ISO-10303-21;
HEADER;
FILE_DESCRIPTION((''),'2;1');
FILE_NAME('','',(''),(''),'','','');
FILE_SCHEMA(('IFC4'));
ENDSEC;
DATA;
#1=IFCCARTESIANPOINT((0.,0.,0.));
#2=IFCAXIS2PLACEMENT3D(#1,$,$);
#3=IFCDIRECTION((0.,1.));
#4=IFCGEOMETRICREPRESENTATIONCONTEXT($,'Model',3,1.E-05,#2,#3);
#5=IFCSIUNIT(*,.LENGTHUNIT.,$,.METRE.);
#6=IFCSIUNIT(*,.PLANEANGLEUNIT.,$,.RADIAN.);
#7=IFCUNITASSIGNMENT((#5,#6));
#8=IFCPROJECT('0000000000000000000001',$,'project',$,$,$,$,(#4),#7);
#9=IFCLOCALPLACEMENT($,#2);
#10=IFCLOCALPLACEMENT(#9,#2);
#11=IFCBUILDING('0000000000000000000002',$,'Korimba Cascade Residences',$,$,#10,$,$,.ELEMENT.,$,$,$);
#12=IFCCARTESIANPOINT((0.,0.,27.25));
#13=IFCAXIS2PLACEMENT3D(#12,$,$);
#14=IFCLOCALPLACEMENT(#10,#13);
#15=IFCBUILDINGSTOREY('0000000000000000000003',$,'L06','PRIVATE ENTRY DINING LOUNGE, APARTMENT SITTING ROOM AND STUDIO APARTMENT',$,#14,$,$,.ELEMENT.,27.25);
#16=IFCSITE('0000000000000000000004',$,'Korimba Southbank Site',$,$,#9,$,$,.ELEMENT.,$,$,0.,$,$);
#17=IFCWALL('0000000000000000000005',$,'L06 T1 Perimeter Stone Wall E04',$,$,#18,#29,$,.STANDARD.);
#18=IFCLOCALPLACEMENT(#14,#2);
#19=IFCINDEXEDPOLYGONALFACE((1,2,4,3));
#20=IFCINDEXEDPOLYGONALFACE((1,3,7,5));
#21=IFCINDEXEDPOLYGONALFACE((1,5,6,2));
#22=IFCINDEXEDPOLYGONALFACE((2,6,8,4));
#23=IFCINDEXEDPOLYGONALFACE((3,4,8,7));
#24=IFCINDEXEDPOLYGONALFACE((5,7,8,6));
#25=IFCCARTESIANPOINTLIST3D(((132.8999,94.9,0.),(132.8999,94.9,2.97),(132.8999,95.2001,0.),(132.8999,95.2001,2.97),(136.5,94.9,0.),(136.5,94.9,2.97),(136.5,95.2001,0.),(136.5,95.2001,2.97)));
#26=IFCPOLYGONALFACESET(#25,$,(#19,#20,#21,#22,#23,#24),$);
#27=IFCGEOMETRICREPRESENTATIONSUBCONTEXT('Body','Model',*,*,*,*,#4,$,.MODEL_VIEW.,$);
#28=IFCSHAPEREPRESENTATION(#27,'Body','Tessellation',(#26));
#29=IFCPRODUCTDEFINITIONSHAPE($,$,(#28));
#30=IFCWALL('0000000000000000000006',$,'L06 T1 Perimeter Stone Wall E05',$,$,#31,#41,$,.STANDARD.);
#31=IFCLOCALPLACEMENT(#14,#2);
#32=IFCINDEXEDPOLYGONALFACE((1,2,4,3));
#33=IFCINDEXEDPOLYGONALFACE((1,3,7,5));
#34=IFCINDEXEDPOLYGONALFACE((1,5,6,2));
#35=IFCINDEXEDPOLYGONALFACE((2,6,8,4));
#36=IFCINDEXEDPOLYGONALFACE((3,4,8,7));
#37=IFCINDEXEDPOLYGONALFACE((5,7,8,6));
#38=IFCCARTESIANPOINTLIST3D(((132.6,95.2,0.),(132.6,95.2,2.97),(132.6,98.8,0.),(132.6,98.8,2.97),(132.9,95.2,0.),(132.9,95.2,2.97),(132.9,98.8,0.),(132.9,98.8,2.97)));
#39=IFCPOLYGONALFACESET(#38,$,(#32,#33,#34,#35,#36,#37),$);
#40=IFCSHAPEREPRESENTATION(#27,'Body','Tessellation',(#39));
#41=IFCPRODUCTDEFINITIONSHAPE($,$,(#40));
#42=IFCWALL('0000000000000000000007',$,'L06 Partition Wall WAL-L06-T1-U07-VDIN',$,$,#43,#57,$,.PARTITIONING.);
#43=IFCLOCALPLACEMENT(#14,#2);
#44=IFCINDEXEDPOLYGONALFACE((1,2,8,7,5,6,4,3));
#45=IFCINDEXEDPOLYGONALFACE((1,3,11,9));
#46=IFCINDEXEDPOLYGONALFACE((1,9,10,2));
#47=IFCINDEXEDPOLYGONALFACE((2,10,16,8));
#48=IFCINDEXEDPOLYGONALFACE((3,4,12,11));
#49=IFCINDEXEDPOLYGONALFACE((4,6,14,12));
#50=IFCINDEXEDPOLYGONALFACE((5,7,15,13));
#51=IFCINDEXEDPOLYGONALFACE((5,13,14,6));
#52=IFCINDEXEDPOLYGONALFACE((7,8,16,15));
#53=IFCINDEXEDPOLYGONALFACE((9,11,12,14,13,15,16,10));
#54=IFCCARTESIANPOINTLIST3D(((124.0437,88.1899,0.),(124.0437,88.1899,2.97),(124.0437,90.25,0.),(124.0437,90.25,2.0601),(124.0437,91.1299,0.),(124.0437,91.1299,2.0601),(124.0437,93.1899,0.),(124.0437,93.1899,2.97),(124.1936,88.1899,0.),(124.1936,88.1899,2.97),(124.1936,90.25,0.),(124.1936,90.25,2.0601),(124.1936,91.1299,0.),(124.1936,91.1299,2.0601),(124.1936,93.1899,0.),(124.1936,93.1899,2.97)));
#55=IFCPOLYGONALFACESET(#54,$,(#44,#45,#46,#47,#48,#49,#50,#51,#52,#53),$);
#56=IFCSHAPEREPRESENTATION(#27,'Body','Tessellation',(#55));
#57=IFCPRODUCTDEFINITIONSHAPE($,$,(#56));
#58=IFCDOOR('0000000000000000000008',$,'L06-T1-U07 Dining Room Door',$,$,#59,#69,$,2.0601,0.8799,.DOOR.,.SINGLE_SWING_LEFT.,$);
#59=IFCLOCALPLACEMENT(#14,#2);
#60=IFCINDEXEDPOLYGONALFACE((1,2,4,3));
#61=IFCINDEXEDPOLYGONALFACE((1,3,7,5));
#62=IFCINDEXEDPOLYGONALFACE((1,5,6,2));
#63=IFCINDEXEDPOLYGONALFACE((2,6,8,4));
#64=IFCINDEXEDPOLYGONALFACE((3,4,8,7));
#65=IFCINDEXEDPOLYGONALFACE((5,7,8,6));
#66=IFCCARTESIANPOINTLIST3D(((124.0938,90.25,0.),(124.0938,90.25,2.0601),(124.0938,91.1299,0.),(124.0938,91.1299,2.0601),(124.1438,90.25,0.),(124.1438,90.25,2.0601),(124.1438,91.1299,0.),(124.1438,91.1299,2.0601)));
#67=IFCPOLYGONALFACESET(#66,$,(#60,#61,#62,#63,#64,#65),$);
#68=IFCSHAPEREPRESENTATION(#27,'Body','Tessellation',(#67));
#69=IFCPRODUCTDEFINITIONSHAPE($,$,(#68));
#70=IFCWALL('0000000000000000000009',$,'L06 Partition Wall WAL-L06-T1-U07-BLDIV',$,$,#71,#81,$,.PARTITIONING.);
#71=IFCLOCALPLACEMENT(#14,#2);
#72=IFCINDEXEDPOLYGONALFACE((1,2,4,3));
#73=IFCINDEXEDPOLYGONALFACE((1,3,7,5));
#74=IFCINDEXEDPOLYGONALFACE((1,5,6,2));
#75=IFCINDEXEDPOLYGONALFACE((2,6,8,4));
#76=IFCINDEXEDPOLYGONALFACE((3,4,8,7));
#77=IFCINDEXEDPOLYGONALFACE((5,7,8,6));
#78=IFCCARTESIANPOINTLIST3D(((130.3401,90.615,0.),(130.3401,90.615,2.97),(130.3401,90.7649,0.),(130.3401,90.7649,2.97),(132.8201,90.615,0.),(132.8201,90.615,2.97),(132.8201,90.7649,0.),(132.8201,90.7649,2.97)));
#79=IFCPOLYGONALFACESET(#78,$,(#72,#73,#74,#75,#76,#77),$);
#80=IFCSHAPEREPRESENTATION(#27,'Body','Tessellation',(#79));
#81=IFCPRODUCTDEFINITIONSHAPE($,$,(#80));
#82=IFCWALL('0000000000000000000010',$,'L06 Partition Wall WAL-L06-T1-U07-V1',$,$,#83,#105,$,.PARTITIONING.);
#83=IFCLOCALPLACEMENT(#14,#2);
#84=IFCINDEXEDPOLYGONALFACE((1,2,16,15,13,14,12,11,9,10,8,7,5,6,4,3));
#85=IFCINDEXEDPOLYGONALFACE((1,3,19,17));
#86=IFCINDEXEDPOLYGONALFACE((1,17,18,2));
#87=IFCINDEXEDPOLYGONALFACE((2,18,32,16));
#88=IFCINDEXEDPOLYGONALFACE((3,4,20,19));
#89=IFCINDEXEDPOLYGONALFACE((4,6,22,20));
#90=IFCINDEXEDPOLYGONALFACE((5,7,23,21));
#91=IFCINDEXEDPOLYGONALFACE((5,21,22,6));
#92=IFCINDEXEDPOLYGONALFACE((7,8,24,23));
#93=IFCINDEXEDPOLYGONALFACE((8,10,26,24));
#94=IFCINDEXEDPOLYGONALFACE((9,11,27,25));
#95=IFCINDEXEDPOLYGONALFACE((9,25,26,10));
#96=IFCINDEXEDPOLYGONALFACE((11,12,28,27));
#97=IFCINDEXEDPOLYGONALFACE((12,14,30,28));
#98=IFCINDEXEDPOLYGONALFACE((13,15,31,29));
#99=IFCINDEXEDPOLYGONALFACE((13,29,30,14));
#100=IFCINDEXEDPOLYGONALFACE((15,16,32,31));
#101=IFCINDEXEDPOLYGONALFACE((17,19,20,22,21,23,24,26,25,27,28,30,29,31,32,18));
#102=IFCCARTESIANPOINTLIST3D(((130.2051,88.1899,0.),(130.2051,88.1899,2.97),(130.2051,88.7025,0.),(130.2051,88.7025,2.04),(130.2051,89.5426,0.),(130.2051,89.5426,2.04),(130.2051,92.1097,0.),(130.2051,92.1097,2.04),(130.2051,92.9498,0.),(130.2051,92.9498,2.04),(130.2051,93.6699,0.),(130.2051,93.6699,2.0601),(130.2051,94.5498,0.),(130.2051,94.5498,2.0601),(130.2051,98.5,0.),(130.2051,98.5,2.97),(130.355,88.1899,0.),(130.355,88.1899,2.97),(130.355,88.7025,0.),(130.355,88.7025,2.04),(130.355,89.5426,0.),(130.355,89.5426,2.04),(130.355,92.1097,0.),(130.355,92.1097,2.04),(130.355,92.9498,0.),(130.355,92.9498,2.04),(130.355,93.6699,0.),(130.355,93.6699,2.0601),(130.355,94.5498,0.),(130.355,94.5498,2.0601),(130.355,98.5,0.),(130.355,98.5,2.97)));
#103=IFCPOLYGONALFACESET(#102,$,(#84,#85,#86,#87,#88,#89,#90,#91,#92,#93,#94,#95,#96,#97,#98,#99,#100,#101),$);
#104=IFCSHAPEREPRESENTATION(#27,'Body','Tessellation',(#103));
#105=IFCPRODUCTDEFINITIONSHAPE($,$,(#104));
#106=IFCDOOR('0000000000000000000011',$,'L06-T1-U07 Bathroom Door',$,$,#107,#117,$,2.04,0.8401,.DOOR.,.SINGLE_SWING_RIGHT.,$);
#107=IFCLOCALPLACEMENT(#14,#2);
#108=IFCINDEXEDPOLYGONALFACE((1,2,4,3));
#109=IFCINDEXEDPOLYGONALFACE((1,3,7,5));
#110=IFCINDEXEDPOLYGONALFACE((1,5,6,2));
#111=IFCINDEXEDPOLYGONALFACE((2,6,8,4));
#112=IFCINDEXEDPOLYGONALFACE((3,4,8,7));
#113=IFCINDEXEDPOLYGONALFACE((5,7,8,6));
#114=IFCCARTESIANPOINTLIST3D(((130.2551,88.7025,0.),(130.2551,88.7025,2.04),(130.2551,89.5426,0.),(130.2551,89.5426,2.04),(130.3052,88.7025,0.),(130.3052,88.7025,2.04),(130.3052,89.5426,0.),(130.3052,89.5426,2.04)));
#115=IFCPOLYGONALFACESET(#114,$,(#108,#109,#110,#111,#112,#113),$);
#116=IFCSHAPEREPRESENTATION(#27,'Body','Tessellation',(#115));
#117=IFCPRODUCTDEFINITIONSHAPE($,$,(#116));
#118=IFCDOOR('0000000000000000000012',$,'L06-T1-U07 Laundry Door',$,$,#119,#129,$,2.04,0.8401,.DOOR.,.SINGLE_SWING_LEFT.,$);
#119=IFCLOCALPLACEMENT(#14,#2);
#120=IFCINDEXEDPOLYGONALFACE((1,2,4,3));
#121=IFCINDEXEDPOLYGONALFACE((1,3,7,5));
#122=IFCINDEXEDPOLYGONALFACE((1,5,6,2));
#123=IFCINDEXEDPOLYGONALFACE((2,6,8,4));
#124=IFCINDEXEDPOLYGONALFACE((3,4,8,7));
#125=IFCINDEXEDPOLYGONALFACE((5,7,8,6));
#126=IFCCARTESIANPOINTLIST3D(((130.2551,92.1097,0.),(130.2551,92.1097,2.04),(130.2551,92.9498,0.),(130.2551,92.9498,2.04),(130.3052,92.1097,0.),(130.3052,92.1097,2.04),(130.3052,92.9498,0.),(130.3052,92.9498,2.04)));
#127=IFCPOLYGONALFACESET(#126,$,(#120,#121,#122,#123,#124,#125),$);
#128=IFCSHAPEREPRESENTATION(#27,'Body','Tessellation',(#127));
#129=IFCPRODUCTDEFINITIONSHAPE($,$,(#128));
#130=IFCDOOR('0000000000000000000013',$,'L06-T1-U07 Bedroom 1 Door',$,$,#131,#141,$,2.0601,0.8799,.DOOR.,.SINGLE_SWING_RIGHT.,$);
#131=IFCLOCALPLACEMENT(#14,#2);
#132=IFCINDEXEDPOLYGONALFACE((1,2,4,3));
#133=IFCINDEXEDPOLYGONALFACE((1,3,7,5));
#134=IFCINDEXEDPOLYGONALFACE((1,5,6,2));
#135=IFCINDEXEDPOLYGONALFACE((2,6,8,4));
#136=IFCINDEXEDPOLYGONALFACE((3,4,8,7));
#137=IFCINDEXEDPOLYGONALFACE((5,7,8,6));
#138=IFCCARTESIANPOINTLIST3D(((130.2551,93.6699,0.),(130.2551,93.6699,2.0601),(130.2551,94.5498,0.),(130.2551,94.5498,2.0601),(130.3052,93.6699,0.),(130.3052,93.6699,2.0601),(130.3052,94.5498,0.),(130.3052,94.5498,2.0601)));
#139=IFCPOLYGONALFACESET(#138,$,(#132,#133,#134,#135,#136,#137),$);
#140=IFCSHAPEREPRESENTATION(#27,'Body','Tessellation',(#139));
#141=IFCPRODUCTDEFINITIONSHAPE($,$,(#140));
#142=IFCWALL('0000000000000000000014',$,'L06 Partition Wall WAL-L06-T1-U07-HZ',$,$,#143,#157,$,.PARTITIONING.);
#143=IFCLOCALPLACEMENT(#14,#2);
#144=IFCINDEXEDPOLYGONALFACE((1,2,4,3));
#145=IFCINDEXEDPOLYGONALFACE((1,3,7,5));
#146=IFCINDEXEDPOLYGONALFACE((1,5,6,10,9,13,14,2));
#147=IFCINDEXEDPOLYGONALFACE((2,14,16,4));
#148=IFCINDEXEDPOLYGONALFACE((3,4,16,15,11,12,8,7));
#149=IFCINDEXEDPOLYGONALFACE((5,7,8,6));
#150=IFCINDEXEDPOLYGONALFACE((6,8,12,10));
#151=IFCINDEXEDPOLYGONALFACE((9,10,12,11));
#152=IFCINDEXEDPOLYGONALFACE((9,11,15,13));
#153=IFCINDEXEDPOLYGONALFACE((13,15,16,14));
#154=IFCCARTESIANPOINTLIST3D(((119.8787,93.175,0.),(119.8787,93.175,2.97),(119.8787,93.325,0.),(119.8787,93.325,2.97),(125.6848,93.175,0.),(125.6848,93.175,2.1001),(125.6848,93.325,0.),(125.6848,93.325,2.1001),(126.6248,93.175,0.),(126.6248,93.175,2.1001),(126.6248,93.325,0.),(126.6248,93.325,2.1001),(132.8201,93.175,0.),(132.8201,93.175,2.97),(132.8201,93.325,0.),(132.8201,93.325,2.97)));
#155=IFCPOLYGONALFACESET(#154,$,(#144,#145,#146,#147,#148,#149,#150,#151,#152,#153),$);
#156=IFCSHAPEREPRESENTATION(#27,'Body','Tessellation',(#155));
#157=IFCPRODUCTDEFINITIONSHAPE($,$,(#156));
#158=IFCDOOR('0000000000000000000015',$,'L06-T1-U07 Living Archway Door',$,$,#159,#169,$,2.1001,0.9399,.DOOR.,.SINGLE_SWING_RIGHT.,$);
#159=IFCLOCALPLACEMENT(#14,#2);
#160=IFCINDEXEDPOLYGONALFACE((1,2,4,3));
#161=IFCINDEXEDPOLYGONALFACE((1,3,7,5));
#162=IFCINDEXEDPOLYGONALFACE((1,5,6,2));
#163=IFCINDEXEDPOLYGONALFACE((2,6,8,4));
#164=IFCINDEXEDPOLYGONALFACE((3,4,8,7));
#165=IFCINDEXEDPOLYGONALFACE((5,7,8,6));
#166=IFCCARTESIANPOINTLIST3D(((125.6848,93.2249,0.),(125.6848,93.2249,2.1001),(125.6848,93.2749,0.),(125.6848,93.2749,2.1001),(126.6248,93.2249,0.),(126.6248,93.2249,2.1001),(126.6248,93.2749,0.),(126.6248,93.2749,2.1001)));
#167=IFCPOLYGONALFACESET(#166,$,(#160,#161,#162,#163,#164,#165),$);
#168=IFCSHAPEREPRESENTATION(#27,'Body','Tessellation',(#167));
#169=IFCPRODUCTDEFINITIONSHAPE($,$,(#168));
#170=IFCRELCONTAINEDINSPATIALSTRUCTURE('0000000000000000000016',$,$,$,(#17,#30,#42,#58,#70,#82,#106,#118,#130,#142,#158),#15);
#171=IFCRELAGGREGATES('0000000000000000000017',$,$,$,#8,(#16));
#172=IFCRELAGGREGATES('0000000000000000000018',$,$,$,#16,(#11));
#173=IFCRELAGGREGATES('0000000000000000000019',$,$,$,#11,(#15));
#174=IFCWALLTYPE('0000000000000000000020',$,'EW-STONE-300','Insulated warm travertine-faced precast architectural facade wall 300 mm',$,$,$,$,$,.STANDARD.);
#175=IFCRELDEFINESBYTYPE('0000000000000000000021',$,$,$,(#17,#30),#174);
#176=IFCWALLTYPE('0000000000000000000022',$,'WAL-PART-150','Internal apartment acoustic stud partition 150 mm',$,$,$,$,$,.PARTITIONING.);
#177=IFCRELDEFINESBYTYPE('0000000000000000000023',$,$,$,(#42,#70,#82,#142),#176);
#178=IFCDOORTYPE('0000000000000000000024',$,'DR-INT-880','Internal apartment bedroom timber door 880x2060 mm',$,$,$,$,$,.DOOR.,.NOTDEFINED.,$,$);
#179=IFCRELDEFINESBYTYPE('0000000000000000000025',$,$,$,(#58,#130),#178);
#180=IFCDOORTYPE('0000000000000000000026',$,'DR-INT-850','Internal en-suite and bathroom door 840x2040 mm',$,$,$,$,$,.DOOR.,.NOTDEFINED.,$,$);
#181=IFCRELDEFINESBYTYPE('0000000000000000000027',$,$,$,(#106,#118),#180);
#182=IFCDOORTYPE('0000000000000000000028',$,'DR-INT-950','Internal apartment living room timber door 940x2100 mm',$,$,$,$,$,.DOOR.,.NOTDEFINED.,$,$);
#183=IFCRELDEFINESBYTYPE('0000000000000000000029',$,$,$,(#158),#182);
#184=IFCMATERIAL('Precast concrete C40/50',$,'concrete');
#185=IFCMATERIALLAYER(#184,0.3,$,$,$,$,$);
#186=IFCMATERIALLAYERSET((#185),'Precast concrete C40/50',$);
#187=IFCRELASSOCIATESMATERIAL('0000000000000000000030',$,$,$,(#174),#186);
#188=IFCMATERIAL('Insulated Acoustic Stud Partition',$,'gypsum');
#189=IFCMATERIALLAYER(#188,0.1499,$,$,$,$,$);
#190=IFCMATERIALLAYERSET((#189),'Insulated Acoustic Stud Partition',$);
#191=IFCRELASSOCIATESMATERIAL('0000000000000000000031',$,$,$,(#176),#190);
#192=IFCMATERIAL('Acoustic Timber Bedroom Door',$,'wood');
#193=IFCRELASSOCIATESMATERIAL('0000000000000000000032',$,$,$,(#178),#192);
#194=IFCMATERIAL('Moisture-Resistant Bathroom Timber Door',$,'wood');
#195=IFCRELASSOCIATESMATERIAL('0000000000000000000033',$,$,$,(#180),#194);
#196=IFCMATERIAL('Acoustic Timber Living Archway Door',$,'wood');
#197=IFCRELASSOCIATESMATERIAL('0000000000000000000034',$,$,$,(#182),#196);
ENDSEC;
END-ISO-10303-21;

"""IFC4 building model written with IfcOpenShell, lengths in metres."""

from ifc_helpers import new_model, si_unit, direction, frame, frame_2d, origin, place, context, subcontext, project, spatial, rectangle, extrude, material, layer, layer_set, type_object, element, fill, save


model = new_model("IFC4")

# Units and contexts
model_context = context("Model", 3, precision=1e-05, world=origin(), true_north=direction((0.0, 1.0)))
body_context = subcontext(model_context, "Body", "Model", "MODEL_VIEW")
ifc_project = project(units=[si_unit("LENGTHUNIT", "METRE"), si_unit("PLANEANGLEUNIT", "RADIAN")], contexts=[model_context])

# Site, building, storey
site_placement = place(None, origin())
site = spatial("IfcSite", under=ifc_project, at=site_placement, Name="Korimba Southbank Site", CompositionType="ELEMENT", RefElevation=0.0)
building_placement = place(site_placement, origin())
building = spatial("IfcBuilding", under=site, at=building_placement, Name="Korimba Cascade Residences", CompositionType="ELEMENT")
storey_placement = place(building_placement, frame((0.0, 0.0, 27.25)))
storey = spatial("IfcBuildingStorey", under=building, at=storey_placement, Name="L06", Description="PRIVATE ENTRY DINING LOUNGE, APARTMENT SITTING ROOM AND STUDIO APARTMENT", CompositionType="ELEMENT", Elevation=27.25)

# Shared definitions
ifc_material_1 = material(Name="Precast concrete C40/50", Category="concrete")

# Walls
ifc_layer_1 = layer(ifc_material_1, 0.3)
ifc_layer_set_1 = layer_set([ifc_layer_1], Name="Precast concrete C40/50")
wall_type_1 = type_object("IfcWallType", Name="EW-STONE-300", Description="Insulated warm travertine-faced precast architectural facade wall 300 mm", PredefinedType="STANDARD", material=ifc_layer_set_1)
for number, where, z_axis, x_axis, name in (
    (1, (136.5, 95.05, 0.0), (0.0, 0.0, 1.0), (-1.0, 0.0, 0.0), "L06 T1 Perimeter Stone Wall E04"),
    (2, (132.75, 95.2, 0.0), (0.0, 0.0, 1.0), (0.0, 1.0, 0.0), "L06 T1 Perimeter Stone Wall E05"),
):
    element("IfcWall", number, at=place(storey_placement, frame(where, z_axis=z_axis, x_axis=x_axis)), inside=storey, type_object=wall_type_1, Name=name, PredefinedType="STANDARD", context=body_context, shape_type="SweptSolid", body=[
        extrude(rectangle(XDim=3.6001, YDim=0.3, at=frame_2d((1.8, 0.0))), origin(), (0.0, 0.0, 1.0), 2.97),
    ])

# Wall, opening, door
ifc_material_2 = material(Name="Insulated Acoustic Stud Partition", Category="gypsum")
ifc_layer_2 = layer(ifc_material_2, 0.1499)
ifc_layer_set_2 = layer_set([ifc_layer_2], Name="Insulated Acoustic Stud Partition")
wall_type_2 = type_object("IfcWallType", Name="WAL-PART-150", Description="Internal apartment acoustic stud partition 150 mm", PredefinedType="PARTITIONING", material=ifc_layer_set_2)
wall_1_placement = place(storey_placement, frame((124.1187, 88.1899, 0.0), z_axis=(0.0, 0.0, 1.0), x_axis=(0.0, 1.0, 0.0)))
wall_1 = element("IfcWall", 3, at=wall_1_placement, inside=storey, type_object=wall_type_2, Name="L06 Partition Wall WAL-L06-T1-U07-VDIN", PredefinedType="PARTITIONING", context=body_context, shape_type="SweptSolid", body=[
    extrude(rectangle(XDim=5.0, YDim=0.1499, at=frame_2d((2.5, 0.0))), origin(), (0.0, 0.0, 1.0), 2.97),
])
opening_1_placement = place(wall_1_placement, frame((2.0601, 0.0, 0.0)))
opening_1 = element("IfcOpeningElement", 4, at=opening_1_placement, cuts=wall_1, PredefinedType="OPENING", context=body_context, shape_type="SweptSolid", body=[
    extrude(rectangle(XDim=0.8799, YDim=2.0601, at=frame_2d((0.4399, 1.03))), frame((0.0, 0.085, 0.0), z_axis=(0.0, -1.0, 0.0), x_axis=(1.0, 0.0, 0.0)), (0.0, 0.0, 1.0), 0.1699),
])
ifc_material_3 = material(Name="Acoustic Timber Bedroom Door", Category="wood")
door_type_1 = type_object("IfcDoorType", Name="DR-INT-880", Description="Internal apartment bedroom timber door 880x2060 mm", OperationType="NOTDEFINED", PredefinedType="DOOR", material=ifc_material_3)
door_1_placement = place(opening_1_placement, origin())
door_1 = element("IfcDoor", 5, at=door_1_placement, inside=storey, type_object=door_type_1, Name="L06-T1-U07 Dining Room Door", OperationType="SINGLE_SWING_LEFT", OverallHeight=2.0601, OverallWidth=0.8799, PredefinedType="DOOR", context=body_context, shape_type="SweptSolid", body=[
    extrude(rectangle(XDim=0.8799, YDim=2.0601, at=frame_2d((0.4399, 1.03))), frame((0.0, 0.0249, 0.0), z_axis=(0.0, -1.0, 0.0), x_axis=(1.0, 0.0, 0.0)), (0.0, 0.0, 1.0), 0.05),
])
fill(opening_1, door_1)

# Wall
wall_2_placement = place(storey_placement, frame((130.3401, 90.6899, 0.0), z_axis=(0.0, 0.0, 1.0), x_axis=(1.0, 0.0, 0.0)))
element("IfcWall", 6, at=wall_2_placement, inside=storey, type_object=wall_type_2, Name="L06 Partition Wall WAL-L06-T1-U07-BLDIV", PredefinedType="PARTITIONING", context=body_context, shape_type="SweptSolid", body=[
    extrude(rectangle(XDim=2.48, YDim=0.1499, at=frame_2d((1.24, 0.0))), origin(), (0.0, 0.0, 1.0), 2.97),
])

# Wall, openings, doors
wall_3_placement = place(storey_placement, frame((130.28, 88.1899, 0.0), z_axis=(0.0, 0.0, 1.0), x_axis=(0.0, 1.0, 0.0)))
wall_3 = element("IfcWall", 7, at=wall_3_placement, inside=storey, type_object=wall_type_2, Name="L06 Partition Wall WAL-L06-T1-U07-V1", PredefinedType="PARTITIONING", context=body_context, shape_type="SweptSolid", body=[
    extrude(rectangle(XDim=10.3101, YDim=0.1499, at=frame_2d((5.155, 0.0))), origin(), (0.0, 0.0, 1.0), 2.97),
])
opening_2_placement = place(wall_3_placement, frame((0.5127, 0.0, 0.0)))
opening_2 = element("IfcOpeningElement", 8, at=opening_2_placement, cuts=wall_3, PredefinedType="OPENING", context=body_context, shape_type="SweptSolid", body=[
    extrude(rectangle(XDim=0.8401, YDim=2.04, at=frame_2d((0.4199, 1.02))), frame((0.0, 0.085, 0.0), z_axis=(0.0, -1.0, 0.0), x_axis=(1.0, 0.0, 0.0)), (0.0, 0.0, 1.0), 0.1699),
])
opening_3_placement = place(wall_3_placement, frame((3.9199, 0.0, 0.0)))
opening_3 = element("IfcOpeningElement", 9, at=opening_3_placement, cuts=wall_3, PredefinedType="OPENING", context=body_context, shape_type="SweptSolid", body=[
    extrude(rectangle(XDim=0.8401, YDim=2.04, at=frame_2d((0.4199, 1.02))), frame((0.0, 0.085, 0.0), z_axis=(0.0, -1.0, 0.0), x_axis=(1.0, 0.0, 0.0)), (0.0, 0.0, 1.0), 0.1699),
])
opening_4_placement = place(wall_3_placement, frame((5.48, 0.0, 0.0)))
opening_4 = element("IfcOpeningElement", 10, at=opening_4_placement, cuts=wall_3, PredefinedType="OPENING", context=body_context, shape_type="SweptSolid", body=[
    extrude(rectangle(XDim=0.8799, YDim=2.0601, at=frame_2d((0.4399, 1.03))), frame((0.0, 0.085, 0.0), z_axis=(0.0, -1.0, 0.0), x_axis=(1.0, 0.0, 0.0)), (0.0, 0.0, 1.0), 0.1699),
])
ifc_material_4 = material(Name="Moisture-Resistant Bathroom Timber Door", Category="wood")
door_type_2 = type_object("IfcDoorType", Name="DR-INT-850", Description="Internal en-suite and bathroom door 840x2040 mm", OperationType="NOTDEFINED", PredefinedType="DOOR", material=ifc_material_4)
door_2_placement = place(opening_2_placement, origin())
door_2 = element("IfcDoor", 11, at=door_2_placement, inside=storey, type_object=door_type_2, Name="L06-T1-U07 Bathroom Door", OperationType="SINGLE_SWING_RIGHT", OverallHeight=2.04, OverallWidth=0.8401, PredefinedType="DOOR", context=body_context, shape_type="SweptSolid", body=[
    extrude(rectangle(XDim=0.8401, YDim=2.04, at=frame_2d((0.4199, 1.02))), frame((0.0, 0.0249, 0.0), z_axis=(0.0, -1.0, 0.0), x_axis=(1.0, 0.0, 0.0)), (0.0, 0.0, 1.0), 0.05),
])
fill(opening_2, door_2)
door_3_placement = place(opening_3_placement, origin())
door_3 = element("IfcDoor", 12, at=door_3_placement, inside=storey, type_object=door_type_2, Name="L06-T1-U07 Laundry Door", OperationType="SINGLE_SWING_LEFT", OverallHeight=2.04, OverallWidth=0.8401, PredefinedType="DOOR", context=body_context, shape_type="SweptSolid", body=[
    extrude(rectangle(XDim=0.8401, YDim=2.04, at=frame_2d((0.4199, 1.02))), frame((0.0, 0.0249, 0.0), z_axis=(0.0, -1.0, 0.0), x_axis=(1.0, 0.0, 0.0)), (0.0, 0.0, 1.0), 0.05),
])
fill(opening_3, door_3)
door_4_placement = place(opening_4_placement, origin())
door_4 = element("IfcDoor", 13, at=door_4_placement, inside=storey, type_object=door_type_1, Name="L06-T1-U07 Bedroom 1 Door", OperationType="SINGLE_SWING_RIGHT", OverallHeight=2.0601, OverallWidth=0.8799, PredefinedType="DOOR", context=body_context, shape_type="SweptSolid", body=[
    extrude(rectangle(XDim=0.8799, YDim=2.0601, at=frame_2d((0.4399, 1.03))), frame((0.0, 0.0249, 0.0), z_axis=(0.0, -1.0, 0.0), x_axis=(1.0, 0.0, 0.0)), (0.0, 0.0, 1.0), 0.05),
])
fill(opening_4, door_4)

# Wall, opening, door
wall_4_placement = place(storey_placement, frame((119.8787, 93.25, 0.0), z_axis=(0.0, 0.0, 1.0), x_axis=(1.0, 0.0, 0.0)))
wall_4 = element("IfcWall", 14, at=wall_4_placement, inside=storey, type_object=wall_type_2, Name="L06 Partition Wall WAL-L06-T1-U07-HZ", PredefinedType="PARTITIONING", context=body_context, shape_type="SweptSolid", body=[
    extrude(rectangle(XDim=12.9414, YDim=0.1499, at=frame_2d((6.4707, 0.0))), origin(), (0.0, 0.0, 1.0), 2.97),
])
opening_5_placement = place(wall_4_placement, frame((5.8062, 0.0, 0.0)))
opening_5 = element("IfcOpeningElement", 15, at=opening_5_placement, cuts=wall_4, PredefinedType="OPENING", context=body_context, shape_type="SweptSolid", body=[
    extrude(rectangle(XDim=0.9399, YDim=2.1001, at=frame_2d((0.47, 1.05))), frame((0.0, 0.085, 0.0), z_axis=(0.0, -1.0, 0.0), x_axis=(1.0, 0.0, 0.0)), (0.0, 0.0, 1.0), 0.1699),
])
ifc_material_5 = material(Name="Acoustic Timber Living Archway Door", Category="wood")
door_type_3 = type_object("IfcDoorType", Name="DR-INT-950", Description="Internal apartment living room timber door 940x2100 mm", OperationType="NOTDEFINED", PredefinedType="DOOR", material=ifc_material_5)
door_5_placement = place(opening_5_placement, origin())
door_5 = element("IfcDoor", 16, at=door_5_placement, inside=storey, type_object=door_type_3, Name="L06-T1-U07 Living Archway Door", OperationType="SINGLE_SWING_RIGHT", OverallHeight=2.1001, OverallWidth=0.9399, PredefinedType="DOOR", context=body_context, shape_type="SweptSolid", body=[
    extrude(rectangle(XDim=0.9399, YDim=2.1001, at=frame_2d((0.47, 1.05))), frame((0.0, 0.0249, 0.0), z_axis=(0.0, -1.0, 0.0), x_axis=(1.0, 0.0, 0.0)), (0.0, 0.0, 1.0), 0.05),
])
fill(opening_5, door_5)

save(model, "model.ifc")
